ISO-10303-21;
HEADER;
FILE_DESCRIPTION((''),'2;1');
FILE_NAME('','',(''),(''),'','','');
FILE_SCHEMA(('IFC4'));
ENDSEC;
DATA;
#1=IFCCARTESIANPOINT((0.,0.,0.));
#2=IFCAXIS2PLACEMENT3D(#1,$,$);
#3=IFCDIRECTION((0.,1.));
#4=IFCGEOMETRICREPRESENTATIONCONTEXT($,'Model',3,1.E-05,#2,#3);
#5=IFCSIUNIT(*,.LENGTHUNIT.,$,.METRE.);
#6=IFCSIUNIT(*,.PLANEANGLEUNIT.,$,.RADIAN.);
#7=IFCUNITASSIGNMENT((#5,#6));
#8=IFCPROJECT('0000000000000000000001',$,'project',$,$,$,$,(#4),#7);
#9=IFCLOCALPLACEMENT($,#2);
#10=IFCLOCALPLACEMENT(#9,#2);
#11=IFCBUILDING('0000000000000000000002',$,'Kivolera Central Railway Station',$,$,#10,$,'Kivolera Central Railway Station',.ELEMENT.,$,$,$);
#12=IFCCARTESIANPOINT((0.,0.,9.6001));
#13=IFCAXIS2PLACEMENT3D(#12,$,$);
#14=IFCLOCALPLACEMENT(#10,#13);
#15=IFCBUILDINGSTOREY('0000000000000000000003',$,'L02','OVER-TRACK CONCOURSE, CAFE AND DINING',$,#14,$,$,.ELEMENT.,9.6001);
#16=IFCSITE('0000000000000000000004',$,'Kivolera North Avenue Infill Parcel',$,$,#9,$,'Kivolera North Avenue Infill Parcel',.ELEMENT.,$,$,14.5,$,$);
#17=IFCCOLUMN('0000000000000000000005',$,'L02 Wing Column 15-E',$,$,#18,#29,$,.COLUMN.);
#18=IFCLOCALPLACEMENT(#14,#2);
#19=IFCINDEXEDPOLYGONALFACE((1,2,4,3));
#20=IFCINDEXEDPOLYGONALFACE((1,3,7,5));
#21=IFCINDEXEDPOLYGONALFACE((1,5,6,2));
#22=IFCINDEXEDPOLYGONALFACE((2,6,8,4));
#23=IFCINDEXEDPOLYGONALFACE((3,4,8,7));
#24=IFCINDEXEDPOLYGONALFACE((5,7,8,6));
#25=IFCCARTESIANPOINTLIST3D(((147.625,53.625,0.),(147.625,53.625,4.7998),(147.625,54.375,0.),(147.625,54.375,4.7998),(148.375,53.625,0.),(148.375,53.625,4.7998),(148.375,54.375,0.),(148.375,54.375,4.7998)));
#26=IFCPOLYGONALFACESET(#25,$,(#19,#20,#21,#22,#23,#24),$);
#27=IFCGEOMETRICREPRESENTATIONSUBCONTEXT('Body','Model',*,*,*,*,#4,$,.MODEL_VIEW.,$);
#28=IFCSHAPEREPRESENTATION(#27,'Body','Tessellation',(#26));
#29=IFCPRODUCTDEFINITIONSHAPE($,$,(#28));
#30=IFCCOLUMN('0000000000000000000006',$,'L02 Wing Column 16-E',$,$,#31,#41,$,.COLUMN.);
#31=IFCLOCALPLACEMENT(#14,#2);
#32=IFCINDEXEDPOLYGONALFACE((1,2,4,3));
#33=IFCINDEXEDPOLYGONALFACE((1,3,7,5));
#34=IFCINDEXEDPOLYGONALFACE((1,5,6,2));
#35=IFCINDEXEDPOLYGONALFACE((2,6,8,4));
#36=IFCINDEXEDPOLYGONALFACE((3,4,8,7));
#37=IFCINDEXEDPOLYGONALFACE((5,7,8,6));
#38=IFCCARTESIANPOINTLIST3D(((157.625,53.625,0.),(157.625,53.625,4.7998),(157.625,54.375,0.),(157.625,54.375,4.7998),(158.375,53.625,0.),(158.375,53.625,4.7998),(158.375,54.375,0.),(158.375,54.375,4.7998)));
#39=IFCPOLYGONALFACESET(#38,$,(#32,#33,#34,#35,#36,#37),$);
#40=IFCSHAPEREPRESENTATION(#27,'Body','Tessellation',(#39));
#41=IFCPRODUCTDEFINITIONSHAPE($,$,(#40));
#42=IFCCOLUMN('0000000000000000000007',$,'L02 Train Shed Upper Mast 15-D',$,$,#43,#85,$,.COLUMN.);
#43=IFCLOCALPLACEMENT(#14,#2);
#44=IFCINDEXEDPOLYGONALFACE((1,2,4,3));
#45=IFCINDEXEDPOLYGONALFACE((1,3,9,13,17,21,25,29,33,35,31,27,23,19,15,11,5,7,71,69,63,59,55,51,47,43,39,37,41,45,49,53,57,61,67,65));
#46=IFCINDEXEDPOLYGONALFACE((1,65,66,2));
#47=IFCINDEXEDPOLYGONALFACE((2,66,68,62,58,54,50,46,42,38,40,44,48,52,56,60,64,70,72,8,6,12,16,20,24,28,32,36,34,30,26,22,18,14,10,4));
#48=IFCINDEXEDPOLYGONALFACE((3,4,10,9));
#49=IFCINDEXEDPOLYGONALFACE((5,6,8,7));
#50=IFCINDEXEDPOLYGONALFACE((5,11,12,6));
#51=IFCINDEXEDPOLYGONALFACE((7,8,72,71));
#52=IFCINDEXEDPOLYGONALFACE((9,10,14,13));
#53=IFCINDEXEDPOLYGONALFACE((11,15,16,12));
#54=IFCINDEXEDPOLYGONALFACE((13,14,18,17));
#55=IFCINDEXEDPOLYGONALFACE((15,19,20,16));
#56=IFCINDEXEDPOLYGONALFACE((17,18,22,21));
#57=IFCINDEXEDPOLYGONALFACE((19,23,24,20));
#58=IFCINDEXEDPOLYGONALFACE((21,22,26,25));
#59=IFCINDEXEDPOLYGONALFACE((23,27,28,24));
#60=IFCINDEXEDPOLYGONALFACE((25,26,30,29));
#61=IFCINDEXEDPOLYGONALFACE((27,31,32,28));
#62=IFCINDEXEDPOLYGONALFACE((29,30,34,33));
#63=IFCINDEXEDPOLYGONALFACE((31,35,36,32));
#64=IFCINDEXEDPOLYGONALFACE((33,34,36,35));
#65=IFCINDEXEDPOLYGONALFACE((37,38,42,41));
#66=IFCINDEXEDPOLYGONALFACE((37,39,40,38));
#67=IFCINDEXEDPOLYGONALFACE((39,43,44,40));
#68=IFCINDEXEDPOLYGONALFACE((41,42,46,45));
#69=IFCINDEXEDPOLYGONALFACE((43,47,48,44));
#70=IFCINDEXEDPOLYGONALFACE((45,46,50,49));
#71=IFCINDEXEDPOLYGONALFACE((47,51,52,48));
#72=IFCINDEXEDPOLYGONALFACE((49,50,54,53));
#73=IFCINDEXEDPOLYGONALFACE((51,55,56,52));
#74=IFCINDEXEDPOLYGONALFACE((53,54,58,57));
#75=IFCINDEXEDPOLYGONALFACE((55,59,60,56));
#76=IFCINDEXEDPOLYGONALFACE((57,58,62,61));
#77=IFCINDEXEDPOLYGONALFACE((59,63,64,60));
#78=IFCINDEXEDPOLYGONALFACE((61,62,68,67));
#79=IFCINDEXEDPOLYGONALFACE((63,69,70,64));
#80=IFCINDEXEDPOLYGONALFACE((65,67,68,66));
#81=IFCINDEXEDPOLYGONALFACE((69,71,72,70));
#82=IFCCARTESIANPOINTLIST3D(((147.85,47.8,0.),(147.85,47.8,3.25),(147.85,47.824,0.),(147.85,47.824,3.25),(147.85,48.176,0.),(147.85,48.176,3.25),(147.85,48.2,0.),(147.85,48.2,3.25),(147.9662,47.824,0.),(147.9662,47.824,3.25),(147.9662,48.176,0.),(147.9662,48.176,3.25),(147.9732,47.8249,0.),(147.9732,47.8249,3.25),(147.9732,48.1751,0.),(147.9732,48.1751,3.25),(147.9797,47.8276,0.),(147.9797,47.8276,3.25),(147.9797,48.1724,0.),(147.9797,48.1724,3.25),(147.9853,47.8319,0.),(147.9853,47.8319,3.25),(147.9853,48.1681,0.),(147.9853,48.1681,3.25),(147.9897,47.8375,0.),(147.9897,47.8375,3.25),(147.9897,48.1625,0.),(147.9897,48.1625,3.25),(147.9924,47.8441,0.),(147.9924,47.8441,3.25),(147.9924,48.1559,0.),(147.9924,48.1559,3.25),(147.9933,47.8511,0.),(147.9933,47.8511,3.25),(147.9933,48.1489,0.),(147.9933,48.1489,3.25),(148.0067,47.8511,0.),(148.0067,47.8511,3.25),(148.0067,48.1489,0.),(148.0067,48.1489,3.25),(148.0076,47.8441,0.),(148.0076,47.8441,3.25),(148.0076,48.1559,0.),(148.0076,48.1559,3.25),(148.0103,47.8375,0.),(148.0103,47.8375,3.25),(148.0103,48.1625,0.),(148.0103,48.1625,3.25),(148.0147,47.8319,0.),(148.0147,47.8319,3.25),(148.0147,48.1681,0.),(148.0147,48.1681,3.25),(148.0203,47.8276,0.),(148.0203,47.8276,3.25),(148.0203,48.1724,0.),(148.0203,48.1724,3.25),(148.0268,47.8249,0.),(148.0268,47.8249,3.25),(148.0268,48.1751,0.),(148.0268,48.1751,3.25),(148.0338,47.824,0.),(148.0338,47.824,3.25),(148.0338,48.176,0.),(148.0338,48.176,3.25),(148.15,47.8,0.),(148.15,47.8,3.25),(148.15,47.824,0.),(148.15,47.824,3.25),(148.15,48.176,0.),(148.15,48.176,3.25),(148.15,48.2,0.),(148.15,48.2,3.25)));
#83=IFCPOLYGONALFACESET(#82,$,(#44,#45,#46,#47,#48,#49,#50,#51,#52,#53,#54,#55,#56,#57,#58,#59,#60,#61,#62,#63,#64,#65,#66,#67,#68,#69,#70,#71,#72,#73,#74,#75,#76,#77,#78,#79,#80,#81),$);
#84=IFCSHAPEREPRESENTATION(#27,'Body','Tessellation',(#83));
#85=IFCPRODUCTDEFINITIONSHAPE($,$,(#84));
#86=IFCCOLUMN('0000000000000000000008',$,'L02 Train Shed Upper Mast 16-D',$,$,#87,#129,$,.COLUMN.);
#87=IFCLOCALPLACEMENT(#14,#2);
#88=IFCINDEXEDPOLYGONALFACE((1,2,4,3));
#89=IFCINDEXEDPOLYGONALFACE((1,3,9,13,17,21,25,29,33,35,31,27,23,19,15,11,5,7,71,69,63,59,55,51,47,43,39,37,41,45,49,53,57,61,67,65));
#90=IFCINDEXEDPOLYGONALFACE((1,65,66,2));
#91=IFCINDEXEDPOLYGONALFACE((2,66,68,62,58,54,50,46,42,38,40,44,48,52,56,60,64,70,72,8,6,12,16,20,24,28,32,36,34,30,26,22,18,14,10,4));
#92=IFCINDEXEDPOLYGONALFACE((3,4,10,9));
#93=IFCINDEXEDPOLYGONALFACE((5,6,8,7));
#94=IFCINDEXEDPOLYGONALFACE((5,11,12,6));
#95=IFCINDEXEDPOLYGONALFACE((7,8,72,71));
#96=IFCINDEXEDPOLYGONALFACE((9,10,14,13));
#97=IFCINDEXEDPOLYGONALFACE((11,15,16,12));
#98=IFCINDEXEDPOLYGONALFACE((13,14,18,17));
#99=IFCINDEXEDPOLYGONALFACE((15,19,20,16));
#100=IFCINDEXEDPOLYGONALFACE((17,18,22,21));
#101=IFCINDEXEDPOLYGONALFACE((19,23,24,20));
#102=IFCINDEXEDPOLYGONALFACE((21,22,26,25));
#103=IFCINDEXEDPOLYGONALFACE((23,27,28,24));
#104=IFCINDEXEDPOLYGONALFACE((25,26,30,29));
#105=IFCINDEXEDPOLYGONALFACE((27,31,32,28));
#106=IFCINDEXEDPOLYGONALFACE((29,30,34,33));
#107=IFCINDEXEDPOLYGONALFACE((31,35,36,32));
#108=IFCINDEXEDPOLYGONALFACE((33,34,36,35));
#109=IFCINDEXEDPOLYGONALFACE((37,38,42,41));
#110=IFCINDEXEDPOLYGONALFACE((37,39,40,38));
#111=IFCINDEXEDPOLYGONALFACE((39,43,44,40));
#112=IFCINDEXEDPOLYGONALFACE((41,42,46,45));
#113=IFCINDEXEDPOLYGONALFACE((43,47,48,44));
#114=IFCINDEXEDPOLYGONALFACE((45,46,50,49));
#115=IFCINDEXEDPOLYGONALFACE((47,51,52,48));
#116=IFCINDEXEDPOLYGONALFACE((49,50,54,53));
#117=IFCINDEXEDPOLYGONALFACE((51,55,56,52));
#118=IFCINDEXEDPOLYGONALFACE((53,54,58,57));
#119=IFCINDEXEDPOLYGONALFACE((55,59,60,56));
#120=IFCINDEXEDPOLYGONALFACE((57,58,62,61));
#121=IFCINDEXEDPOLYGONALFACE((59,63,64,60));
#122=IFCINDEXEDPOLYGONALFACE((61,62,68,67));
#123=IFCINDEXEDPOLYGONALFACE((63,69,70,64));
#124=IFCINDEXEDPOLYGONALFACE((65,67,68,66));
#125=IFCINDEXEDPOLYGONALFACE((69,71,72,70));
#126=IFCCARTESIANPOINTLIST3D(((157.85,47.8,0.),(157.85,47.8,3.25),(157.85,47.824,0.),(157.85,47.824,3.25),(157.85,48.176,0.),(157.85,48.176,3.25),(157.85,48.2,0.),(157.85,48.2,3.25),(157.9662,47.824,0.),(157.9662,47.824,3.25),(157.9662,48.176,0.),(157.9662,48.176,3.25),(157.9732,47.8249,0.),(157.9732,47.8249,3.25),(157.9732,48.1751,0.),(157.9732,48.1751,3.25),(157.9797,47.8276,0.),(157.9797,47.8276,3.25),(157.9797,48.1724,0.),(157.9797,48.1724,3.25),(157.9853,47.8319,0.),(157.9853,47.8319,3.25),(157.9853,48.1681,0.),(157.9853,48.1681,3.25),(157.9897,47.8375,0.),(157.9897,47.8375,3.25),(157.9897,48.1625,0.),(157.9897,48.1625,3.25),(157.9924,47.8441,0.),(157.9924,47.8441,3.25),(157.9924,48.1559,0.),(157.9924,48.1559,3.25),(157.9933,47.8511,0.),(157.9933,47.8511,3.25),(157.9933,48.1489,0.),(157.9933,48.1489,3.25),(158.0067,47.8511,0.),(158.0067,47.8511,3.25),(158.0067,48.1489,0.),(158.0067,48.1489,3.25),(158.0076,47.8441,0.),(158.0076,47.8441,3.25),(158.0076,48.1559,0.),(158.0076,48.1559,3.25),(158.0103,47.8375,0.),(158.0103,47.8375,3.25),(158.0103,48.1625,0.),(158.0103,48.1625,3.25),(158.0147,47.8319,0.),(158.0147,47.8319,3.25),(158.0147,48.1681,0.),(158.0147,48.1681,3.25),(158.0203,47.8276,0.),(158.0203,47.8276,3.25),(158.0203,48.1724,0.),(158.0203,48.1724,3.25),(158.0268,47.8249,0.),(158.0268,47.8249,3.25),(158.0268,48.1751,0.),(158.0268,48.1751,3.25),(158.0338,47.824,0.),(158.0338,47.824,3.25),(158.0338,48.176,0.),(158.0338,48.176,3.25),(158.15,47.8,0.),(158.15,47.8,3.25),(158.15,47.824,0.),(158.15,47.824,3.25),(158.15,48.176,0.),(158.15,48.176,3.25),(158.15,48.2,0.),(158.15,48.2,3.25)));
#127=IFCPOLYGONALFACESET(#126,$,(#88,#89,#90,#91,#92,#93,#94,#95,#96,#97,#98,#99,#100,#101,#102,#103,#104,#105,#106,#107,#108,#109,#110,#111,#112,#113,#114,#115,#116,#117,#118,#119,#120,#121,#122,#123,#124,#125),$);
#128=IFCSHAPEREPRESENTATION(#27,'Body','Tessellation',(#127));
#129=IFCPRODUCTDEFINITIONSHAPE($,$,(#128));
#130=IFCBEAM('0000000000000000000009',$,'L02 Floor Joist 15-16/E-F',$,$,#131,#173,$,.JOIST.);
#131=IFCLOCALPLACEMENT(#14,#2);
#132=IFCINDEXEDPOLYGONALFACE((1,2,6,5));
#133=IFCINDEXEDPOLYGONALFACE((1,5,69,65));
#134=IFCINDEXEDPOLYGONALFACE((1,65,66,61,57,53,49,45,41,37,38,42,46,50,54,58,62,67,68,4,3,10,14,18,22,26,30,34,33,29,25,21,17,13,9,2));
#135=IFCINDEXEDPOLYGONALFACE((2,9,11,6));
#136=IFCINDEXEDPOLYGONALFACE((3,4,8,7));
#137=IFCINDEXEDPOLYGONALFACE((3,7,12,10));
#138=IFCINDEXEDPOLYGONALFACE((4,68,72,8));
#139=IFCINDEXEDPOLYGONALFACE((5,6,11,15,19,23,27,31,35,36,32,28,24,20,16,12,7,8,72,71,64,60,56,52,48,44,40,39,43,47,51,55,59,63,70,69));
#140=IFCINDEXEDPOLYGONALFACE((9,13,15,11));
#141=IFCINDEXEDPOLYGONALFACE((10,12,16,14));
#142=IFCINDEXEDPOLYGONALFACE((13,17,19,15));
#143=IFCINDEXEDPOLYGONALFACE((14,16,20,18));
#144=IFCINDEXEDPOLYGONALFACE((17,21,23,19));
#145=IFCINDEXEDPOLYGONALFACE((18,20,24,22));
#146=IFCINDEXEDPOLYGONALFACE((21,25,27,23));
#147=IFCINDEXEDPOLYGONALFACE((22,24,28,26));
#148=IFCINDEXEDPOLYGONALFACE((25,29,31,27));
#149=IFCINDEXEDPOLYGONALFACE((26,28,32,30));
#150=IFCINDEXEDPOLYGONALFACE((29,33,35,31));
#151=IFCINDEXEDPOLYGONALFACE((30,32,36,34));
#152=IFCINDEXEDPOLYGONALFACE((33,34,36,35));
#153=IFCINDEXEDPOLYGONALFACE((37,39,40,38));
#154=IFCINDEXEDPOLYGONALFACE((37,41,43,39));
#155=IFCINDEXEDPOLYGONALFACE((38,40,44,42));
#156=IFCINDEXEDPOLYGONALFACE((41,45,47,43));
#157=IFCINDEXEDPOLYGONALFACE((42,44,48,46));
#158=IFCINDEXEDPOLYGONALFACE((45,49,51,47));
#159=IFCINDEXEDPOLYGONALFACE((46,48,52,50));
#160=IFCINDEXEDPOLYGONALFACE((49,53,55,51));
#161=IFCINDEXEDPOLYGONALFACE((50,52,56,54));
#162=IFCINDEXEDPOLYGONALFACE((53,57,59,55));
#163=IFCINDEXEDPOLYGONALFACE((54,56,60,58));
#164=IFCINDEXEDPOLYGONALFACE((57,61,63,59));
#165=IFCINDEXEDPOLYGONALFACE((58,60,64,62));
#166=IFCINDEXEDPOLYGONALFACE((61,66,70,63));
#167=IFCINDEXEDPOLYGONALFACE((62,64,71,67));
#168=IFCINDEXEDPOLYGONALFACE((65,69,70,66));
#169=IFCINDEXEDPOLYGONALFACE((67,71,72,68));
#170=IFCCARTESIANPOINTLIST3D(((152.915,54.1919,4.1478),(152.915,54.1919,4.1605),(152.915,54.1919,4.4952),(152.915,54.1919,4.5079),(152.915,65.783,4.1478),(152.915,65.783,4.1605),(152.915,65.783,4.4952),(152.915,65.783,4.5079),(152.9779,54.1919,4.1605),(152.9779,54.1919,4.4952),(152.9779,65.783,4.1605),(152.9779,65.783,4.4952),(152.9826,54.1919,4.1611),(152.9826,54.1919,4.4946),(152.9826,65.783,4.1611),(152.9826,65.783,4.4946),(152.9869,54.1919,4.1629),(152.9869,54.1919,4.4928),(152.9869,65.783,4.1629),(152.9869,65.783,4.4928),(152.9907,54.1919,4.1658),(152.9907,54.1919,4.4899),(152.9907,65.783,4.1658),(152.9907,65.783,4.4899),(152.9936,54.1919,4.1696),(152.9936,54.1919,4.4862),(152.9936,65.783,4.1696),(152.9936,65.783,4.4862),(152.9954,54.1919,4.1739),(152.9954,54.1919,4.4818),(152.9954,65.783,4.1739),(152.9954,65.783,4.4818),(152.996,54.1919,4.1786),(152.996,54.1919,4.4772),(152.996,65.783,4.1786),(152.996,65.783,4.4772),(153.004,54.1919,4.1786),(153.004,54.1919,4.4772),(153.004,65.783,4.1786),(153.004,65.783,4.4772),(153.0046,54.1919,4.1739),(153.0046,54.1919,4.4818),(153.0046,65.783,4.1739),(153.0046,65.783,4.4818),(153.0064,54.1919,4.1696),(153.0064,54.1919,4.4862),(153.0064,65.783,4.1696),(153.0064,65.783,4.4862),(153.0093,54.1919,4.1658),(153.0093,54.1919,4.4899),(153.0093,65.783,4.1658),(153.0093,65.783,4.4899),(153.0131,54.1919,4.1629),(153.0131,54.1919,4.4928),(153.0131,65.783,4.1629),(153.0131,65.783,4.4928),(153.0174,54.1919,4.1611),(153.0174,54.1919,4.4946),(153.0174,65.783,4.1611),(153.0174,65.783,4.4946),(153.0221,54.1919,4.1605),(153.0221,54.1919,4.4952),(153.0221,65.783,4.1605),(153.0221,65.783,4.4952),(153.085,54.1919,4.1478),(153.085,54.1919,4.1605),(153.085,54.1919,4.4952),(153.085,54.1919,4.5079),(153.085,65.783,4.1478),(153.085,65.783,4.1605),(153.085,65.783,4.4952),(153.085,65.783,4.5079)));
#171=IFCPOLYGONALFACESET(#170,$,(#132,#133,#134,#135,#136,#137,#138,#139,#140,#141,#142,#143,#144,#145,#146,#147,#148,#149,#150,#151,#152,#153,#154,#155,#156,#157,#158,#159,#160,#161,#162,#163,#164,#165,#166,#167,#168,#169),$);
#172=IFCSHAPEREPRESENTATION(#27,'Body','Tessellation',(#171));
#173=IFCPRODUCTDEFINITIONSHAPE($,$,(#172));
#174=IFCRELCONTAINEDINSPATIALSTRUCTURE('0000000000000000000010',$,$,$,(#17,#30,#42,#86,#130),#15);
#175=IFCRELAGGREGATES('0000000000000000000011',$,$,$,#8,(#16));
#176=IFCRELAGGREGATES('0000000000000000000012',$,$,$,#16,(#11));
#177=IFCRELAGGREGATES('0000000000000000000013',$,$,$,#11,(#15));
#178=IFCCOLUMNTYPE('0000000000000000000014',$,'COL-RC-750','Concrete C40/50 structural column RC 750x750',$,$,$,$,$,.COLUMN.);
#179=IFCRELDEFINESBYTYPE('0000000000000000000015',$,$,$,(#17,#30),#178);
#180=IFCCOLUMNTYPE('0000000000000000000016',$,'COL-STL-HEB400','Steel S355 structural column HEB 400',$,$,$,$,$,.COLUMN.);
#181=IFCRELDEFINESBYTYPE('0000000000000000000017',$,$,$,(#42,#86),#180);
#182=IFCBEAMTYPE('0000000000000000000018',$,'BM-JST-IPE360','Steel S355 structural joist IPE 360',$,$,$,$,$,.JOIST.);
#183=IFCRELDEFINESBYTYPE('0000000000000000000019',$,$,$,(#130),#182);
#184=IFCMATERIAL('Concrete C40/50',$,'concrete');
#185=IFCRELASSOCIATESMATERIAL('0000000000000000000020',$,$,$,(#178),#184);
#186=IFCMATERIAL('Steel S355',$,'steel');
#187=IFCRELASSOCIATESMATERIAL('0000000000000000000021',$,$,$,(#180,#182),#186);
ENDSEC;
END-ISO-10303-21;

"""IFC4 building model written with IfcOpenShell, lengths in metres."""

from ifc_helpers import new_model, si_unit, direction, frame, origin, origin_2d, place, context, subcontext, project, spatial, rectangle, i_section, extrude, material, material_profile, profile_set, type_object, element, save


model = new_model("IFC4")

# Units and contexts
model_context = context("Model", 3, precision=1e-05, world=origin(), true_north=direction((0.0, 1.0)))
body_context = subcontext(model_context, "Body", "Model", "MODEL_VIEW")
ifc_project = project(units=[si_unit("LENGTHUNIT", "METRE"), si_unit("PLANEANGLEUNIT", "RADIAN")], contexts=[model_context])

# Site, building, storey
site_placement = place(None, origin())
site = spatial("IfcSite", under=ifc_project, at=site_placement, Name="Kivolera North Avenue Infill Parcel", LongName="Kivolera North Avenue Infill Parcel", CompositionType="ELEMENT", RefElevation=14.5)
building_placement = place(site_placement, origin())
building = spatial("IfcBuilding", under=site, at=building_placement, Name="Kivolera Central Railway Station", LongName="Kivolera Central Railway Station", CompositionType="ELEMENT")
storey_placement = place(building_placement, frame((0.0, 0.0, 9.6001)))
storey = spatial("IfcBuildingStorey", under=building, at=storey_placement, Name="L02", Description="OVER-TRACK CONCOURSE, CAFE AND DINING", CompositionType="ELEMENT", Elevation=9.6001)

# Columns
ifc_material_1 = material(Name="Concrete C40/50", Category="concrete")
ifc_material_profile_1 = material_profile(ifc_material_1, rectangle(XDim=0.75, YDim=0.75, at=origin_2d()), Name="RC 750x750")
ifc_profile_set_1 = profile_set([ifc_material_profile_1], Name="Concrete C40/50")
column_type_1 = type_object("IfcColumnType", Name="COL-RC-750", Description="Concrete C40/50 structural column RC 750x750", PredefinedType="COLUMN", material=ifc_profile_set_1)
for number, where, z_axis, x_axis, name in (
    (1, (148.0, 54.0, 0.0), (0.0, 0.0, 1.0), (1.0, 0.0, 0.0), "L02 Wing Column 15-E"),
    (2, (158.0, 54.0, 0.0), (0.0, 0.0, 1.0), (1.0, 0.0, 0.0), "L02 Wing Column 16-E"),
):
    element("IfcColumn", number, at=place(storey_placement, frame(where, z_axis=z_axis, x_axis=x_axis)), inside=storey, type_object=column_type_1, Name=name, PredefinedType="COLUMN", context=body_context, shape_type="SweptSolid", body=[
        extrude(rectangle(XDim=0.75, YDim=0.75, at=origin_2d()), origin(), (0.0, 0.0, 1.0), 4.7998),
    ])
ifc_material_2 = material(Name="Steel S355", Category="steel")
ifc_material_profile_2 = material_profile(ifc_material_2, i_section(OverallWidth=0.3, OverallDepth=0.3999, WebThickness=0.0134, FlangeThickness=0.0239, FilletRadius=0.0271, at=origin_2d()), Name="HEB 400")
ifc_profile_set_2 = profile_set([ifc_material_profile_2], Name="Steel S355")
column_type_2 = type_object("IfcColumnType", Name="COL-STL-HEB400", Description="Steel S355 structural column HEB 400", PredefinedType="COLUMN", material=ifc_profile_set_2)
for number, where, z_axis, x_axis, name in (
    (3, (148.0, 48.0, 0.0), (0.0, 0.0, 1.0), (1.0, 0.0, 0.0), "L02 Train Shed Upper Mast 15-D"),
    (4, (158.0, 48.0, 0.0), (0.0, 0.0, 1.0), (1.0, 0.0, 0.0), "L02 Train Shed Upper Mast 16-D"),
):
    element("IfcColumn", number, at=place(storey_placement, frame(where, z_axis=z_axis, x_axis=x_axis)), inside=storey, type_object=column_type_2, Name=name, PredefinedType="COLUMN", context=body_context, shape_type="SweptSolid", body=[
        extrude(i_section(OverallWidth=0.3, OverallDepth=0.3999, WebThickness=0.0134, FlangeThickness=0.0239, FilletRadius=0.0271, at=origin_2d()), origin(), (0.0, 0.0, 1.0), 3.25),
    ])

# Beam
ifc_material_profile_3 = material_profile(ifc_material_2, i_section(OverallWidth=0.1699, OverallDepth=0.3601, WebThickness=0.0081, FlangeThickness=0.0127, FilletRadius=0.0181, at=origin_2d()), Name="IPE 360")
ifc_profile_set_3 = profile_set([ifc_material_profile_3], Name="Steel S355")
beam_type_1 = type_object("IfcBeamType", Name="BM-JST-IPE360", Description="Steel S355 structural joist IPE 360", PredefinedType="JOIST", material=ifc_profile_set_3)
for number, where, z_axis, x_axis, name in (
    (5, (153.0, 54.1919, 4.3279), (0.0, 1.0, 0.0), (-1.0, 0.0, 0.0), "L02 Floor Joist 15-16/E-F"),
):
    element("IfcBeam", number, at=place(storey_placement, frame(where, z_axis=z_axis, x_axis=x_axis)), inside=storey, type_object=beam_type_1, Name=name, PredefinedType="JOIST", context=body_context, shape_type="SweptSolid", body=[
        extrude(i_section(OverallWidth=0.1699, OverallDepth=0.3601, WebThickness=0.0081, FlangeThickness=0.0127, FilletRadius=0.0181, at=origin_2d()), origin(), (0.0, 0.0, 1.0), 11.5911),
    ])

save(model, "model.ifc")
